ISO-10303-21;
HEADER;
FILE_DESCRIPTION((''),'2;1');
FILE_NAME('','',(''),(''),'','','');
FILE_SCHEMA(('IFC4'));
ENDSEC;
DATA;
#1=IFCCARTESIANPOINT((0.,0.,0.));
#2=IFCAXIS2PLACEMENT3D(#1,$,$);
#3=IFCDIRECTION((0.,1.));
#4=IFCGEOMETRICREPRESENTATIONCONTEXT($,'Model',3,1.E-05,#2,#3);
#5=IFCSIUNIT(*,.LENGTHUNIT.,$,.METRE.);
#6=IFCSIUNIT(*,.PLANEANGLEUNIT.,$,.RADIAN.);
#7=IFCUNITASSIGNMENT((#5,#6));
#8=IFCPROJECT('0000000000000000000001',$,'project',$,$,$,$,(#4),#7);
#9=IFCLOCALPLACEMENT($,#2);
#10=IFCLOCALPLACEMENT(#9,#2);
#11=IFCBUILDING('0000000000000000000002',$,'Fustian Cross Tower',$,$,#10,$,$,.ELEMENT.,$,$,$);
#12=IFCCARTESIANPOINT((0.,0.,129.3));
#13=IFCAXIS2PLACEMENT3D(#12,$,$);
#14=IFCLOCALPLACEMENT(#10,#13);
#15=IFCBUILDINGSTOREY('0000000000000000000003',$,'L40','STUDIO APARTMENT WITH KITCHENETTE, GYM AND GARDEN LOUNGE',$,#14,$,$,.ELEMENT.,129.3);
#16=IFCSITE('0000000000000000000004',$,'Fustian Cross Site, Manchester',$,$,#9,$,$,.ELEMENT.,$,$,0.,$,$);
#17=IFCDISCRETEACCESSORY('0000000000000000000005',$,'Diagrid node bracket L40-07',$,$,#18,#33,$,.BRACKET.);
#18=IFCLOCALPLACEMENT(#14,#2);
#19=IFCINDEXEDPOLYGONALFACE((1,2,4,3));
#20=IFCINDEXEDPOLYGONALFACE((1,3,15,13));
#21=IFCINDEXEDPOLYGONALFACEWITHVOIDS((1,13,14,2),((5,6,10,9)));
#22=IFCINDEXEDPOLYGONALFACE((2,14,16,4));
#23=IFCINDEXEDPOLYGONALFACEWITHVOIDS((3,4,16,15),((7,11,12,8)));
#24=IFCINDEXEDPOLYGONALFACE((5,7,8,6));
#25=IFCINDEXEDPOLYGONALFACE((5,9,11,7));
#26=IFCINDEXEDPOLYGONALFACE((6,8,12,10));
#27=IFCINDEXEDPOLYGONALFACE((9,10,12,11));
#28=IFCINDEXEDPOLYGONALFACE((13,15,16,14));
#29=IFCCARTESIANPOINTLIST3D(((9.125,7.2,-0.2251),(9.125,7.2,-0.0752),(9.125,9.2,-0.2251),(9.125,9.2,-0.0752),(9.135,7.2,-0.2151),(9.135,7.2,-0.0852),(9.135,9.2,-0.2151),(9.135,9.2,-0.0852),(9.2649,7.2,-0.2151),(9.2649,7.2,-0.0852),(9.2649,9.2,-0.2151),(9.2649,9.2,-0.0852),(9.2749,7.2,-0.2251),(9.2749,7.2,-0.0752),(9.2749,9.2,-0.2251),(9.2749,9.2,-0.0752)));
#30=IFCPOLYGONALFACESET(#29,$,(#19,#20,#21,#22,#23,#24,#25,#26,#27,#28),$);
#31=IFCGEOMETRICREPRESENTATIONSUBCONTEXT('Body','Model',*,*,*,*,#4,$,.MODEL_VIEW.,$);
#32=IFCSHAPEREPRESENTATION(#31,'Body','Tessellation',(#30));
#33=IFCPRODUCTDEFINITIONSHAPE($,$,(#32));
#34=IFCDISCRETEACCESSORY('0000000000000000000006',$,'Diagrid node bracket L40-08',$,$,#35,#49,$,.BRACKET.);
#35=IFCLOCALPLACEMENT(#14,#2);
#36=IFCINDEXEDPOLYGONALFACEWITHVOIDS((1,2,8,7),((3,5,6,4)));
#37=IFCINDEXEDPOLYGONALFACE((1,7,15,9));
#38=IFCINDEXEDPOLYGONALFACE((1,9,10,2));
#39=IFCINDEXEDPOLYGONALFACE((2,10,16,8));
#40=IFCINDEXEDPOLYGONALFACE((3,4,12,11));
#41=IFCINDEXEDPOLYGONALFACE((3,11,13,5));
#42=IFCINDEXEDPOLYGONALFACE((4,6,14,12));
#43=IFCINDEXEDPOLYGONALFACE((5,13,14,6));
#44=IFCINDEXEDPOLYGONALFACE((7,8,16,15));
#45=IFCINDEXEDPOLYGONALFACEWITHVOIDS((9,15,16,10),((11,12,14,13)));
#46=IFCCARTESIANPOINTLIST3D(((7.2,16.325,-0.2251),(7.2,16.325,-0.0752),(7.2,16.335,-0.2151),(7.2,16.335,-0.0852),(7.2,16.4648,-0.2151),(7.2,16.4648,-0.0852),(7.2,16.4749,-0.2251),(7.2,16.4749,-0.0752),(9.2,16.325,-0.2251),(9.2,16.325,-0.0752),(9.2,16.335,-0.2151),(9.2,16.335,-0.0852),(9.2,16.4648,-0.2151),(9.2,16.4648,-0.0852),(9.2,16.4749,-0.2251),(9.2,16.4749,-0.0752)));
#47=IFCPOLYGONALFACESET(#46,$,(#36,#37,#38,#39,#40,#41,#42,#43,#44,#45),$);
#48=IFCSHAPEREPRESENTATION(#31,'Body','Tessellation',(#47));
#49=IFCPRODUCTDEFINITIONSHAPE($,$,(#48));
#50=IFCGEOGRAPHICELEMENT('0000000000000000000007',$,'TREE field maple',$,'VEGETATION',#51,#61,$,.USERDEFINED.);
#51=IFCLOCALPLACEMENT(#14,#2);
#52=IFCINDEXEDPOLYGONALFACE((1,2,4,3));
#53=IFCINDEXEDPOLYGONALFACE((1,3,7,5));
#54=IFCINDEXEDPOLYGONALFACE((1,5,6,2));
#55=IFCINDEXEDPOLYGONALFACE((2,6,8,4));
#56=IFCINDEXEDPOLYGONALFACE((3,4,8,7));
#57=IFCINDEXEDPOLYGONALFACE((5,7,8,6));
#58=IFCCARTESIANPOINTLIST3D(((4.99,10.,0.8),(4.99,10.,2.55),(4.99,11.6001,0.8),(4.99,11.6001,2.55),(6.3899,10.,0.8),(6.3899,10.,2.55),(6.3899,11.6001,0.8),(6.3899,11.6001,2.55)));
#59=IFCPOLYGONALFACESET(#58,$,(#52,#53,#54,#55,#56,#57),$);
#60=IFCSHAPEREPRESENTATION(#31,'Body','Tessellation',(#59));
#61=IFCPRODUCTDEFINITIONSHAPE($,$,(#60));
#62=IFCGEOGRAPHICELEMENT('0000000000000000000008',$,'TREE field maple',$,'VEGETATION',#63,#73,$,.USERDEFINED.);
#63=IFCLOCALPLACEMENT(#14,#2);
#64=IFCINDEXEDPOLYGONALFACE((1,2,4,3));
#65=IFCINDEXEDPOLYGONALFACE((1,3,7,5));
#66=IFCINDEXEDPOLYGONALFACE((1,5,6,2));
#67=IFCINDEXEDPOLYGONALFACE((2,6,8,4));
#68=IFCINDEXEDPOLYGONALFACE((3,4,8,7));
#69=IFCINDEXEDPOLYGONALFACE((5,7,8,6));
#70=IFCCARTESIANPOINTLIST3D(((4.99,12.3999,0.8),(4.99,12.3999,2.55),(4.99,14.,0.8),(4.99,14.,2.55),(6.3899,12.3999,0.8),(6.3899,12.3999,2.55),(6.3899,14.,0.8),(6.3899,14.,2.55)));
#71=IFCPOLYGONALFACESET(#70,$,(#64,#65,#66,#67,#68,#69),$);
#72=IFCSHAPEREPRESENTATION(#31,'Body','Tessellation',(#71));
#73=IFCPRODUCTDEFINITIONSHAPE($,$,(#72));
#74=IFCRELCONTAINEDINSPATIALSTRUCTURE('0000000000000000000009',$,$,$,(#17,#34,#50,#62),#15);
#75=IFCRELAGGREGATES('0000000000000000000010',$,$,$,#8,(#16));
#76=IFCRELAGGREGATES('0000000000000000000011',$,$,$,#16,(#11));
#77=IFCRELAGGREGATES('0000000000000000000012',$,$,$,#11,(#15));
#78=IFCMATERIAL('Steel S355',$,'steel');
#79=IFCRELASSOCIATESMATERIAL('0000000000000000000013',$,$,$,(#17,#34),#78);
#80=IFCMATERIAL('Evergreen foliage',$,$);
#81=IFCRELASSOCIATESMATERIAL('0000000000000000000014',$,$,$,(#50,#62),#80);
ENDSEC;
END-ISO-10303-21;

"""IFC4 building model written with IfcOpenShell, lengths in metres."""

from ifc_helpers import new_model, si_unit, direction, frame, origin, origin_2d, place, context, subcontext, project, spatial, rectangle, hollow_rectangle, extrude, material, element, save


model = new_model("IFC4")

# Units and contexts
model_context = context("Model", 3, precision=1e-05, world=origin(), true_north=direction((0.0, 1.0)))
body_context = subcontext(model_context, "Body", "Model", "MODEL_VIEW")
ifc_project = project(units=[si_unit("LENGTHUNIT", "METRE"), si_unit("PLANEANGLEUNIT", "RADIAN")], contexts=[model_context])

# Site, building, storey
site_placement = place(None, origin())
site = spatial("IfcSite", under=ifc_project, at=site_placement, Name="Fustian Cross Site, Manchester", CompositionType="ELEMENT", RefElevation=0.0)
building_placement = place(site_placement, origin())
building = spatial("IfcBuilding", under=site, at=building_placement, Name="Fustian Cross Tower", CompositionType="ELEMENT")
storey_placement = place(building_placement, frame((0.0, 0.0, 129.3)))
storey = spatial("IfcBuildingStorey", under=building, at=storey_placement, Name="L40", Description="STUDIO APARTMENT WITH KITCHENETTE, GYM AND GARDEN LOUNGE", CompositionType="ELEMENT", Elevation=129.3)

# Discrete accessories
ifc_material_1 = material(Name="Steel S355", Category="steel")
for number, where, z_axis, x_axis, name in (
    (1, (9.2, 9.2, -0.1501), (0.0, -1.0, 0.0), (1.0, 0.0, 0.0), "Diagrid node bracket L40-07"),
    (2, (9.2, 16.3999, -0.1501), (-1.0, 0.0, 0.0), (0.0, -1.0, 0.0), "Diagrid node bracket L40-08"),
):
    element("IfcDiscreteAccessory", number, at=place(storey_placement, frame(where, z_axis=z_axis, x_axis=x_axis)), inside=storey, material=ifc_material_1, Name=name, PredefinedType="BRACKET", context=body_context, shape_type="SweptSolid", body=[
        extrude(hollow_rectangle(XDim=0.1499, YDim=0.1499, WallThickness=0.01, at=origin_2d()), origin(), (0.0, 0.0, 1.0), 2.0),
    ])

# Geographic elements
ifc_material_2 = material(Name="Evergreen foliage")
for number, where, z_axis, x_axis, name in (
    (3, (5.6899, 10.8, 0.8), (0.0, 0.0, 1.0), (1.0, 0.0, 0.0), "TREE field maple"),
    (4, (5.6899, 13.2, 0.8), (0.0, 0.0, 1.0), (1.0, 0.0, 0.0), "TREE field maple"),
):
    element("IfcGeographicElement", number, at=place(storey_placement, frame(where, z_axis=z_axis, x_axis=x_axis)), inside=storey, material=ifc_material_2, Name=name, ObjectType="VEGETATION", PredefinedType="USERDEFINED", context=body_context, shape_type="SweptSolid", body=[
        extrude(rectangle(XDim=1.3999, YDim=1.6001, at=origin_2d()), origin(), (0.0, 0.0, 1.0), 1.75),
    ])

save(model, "model.ifc")
